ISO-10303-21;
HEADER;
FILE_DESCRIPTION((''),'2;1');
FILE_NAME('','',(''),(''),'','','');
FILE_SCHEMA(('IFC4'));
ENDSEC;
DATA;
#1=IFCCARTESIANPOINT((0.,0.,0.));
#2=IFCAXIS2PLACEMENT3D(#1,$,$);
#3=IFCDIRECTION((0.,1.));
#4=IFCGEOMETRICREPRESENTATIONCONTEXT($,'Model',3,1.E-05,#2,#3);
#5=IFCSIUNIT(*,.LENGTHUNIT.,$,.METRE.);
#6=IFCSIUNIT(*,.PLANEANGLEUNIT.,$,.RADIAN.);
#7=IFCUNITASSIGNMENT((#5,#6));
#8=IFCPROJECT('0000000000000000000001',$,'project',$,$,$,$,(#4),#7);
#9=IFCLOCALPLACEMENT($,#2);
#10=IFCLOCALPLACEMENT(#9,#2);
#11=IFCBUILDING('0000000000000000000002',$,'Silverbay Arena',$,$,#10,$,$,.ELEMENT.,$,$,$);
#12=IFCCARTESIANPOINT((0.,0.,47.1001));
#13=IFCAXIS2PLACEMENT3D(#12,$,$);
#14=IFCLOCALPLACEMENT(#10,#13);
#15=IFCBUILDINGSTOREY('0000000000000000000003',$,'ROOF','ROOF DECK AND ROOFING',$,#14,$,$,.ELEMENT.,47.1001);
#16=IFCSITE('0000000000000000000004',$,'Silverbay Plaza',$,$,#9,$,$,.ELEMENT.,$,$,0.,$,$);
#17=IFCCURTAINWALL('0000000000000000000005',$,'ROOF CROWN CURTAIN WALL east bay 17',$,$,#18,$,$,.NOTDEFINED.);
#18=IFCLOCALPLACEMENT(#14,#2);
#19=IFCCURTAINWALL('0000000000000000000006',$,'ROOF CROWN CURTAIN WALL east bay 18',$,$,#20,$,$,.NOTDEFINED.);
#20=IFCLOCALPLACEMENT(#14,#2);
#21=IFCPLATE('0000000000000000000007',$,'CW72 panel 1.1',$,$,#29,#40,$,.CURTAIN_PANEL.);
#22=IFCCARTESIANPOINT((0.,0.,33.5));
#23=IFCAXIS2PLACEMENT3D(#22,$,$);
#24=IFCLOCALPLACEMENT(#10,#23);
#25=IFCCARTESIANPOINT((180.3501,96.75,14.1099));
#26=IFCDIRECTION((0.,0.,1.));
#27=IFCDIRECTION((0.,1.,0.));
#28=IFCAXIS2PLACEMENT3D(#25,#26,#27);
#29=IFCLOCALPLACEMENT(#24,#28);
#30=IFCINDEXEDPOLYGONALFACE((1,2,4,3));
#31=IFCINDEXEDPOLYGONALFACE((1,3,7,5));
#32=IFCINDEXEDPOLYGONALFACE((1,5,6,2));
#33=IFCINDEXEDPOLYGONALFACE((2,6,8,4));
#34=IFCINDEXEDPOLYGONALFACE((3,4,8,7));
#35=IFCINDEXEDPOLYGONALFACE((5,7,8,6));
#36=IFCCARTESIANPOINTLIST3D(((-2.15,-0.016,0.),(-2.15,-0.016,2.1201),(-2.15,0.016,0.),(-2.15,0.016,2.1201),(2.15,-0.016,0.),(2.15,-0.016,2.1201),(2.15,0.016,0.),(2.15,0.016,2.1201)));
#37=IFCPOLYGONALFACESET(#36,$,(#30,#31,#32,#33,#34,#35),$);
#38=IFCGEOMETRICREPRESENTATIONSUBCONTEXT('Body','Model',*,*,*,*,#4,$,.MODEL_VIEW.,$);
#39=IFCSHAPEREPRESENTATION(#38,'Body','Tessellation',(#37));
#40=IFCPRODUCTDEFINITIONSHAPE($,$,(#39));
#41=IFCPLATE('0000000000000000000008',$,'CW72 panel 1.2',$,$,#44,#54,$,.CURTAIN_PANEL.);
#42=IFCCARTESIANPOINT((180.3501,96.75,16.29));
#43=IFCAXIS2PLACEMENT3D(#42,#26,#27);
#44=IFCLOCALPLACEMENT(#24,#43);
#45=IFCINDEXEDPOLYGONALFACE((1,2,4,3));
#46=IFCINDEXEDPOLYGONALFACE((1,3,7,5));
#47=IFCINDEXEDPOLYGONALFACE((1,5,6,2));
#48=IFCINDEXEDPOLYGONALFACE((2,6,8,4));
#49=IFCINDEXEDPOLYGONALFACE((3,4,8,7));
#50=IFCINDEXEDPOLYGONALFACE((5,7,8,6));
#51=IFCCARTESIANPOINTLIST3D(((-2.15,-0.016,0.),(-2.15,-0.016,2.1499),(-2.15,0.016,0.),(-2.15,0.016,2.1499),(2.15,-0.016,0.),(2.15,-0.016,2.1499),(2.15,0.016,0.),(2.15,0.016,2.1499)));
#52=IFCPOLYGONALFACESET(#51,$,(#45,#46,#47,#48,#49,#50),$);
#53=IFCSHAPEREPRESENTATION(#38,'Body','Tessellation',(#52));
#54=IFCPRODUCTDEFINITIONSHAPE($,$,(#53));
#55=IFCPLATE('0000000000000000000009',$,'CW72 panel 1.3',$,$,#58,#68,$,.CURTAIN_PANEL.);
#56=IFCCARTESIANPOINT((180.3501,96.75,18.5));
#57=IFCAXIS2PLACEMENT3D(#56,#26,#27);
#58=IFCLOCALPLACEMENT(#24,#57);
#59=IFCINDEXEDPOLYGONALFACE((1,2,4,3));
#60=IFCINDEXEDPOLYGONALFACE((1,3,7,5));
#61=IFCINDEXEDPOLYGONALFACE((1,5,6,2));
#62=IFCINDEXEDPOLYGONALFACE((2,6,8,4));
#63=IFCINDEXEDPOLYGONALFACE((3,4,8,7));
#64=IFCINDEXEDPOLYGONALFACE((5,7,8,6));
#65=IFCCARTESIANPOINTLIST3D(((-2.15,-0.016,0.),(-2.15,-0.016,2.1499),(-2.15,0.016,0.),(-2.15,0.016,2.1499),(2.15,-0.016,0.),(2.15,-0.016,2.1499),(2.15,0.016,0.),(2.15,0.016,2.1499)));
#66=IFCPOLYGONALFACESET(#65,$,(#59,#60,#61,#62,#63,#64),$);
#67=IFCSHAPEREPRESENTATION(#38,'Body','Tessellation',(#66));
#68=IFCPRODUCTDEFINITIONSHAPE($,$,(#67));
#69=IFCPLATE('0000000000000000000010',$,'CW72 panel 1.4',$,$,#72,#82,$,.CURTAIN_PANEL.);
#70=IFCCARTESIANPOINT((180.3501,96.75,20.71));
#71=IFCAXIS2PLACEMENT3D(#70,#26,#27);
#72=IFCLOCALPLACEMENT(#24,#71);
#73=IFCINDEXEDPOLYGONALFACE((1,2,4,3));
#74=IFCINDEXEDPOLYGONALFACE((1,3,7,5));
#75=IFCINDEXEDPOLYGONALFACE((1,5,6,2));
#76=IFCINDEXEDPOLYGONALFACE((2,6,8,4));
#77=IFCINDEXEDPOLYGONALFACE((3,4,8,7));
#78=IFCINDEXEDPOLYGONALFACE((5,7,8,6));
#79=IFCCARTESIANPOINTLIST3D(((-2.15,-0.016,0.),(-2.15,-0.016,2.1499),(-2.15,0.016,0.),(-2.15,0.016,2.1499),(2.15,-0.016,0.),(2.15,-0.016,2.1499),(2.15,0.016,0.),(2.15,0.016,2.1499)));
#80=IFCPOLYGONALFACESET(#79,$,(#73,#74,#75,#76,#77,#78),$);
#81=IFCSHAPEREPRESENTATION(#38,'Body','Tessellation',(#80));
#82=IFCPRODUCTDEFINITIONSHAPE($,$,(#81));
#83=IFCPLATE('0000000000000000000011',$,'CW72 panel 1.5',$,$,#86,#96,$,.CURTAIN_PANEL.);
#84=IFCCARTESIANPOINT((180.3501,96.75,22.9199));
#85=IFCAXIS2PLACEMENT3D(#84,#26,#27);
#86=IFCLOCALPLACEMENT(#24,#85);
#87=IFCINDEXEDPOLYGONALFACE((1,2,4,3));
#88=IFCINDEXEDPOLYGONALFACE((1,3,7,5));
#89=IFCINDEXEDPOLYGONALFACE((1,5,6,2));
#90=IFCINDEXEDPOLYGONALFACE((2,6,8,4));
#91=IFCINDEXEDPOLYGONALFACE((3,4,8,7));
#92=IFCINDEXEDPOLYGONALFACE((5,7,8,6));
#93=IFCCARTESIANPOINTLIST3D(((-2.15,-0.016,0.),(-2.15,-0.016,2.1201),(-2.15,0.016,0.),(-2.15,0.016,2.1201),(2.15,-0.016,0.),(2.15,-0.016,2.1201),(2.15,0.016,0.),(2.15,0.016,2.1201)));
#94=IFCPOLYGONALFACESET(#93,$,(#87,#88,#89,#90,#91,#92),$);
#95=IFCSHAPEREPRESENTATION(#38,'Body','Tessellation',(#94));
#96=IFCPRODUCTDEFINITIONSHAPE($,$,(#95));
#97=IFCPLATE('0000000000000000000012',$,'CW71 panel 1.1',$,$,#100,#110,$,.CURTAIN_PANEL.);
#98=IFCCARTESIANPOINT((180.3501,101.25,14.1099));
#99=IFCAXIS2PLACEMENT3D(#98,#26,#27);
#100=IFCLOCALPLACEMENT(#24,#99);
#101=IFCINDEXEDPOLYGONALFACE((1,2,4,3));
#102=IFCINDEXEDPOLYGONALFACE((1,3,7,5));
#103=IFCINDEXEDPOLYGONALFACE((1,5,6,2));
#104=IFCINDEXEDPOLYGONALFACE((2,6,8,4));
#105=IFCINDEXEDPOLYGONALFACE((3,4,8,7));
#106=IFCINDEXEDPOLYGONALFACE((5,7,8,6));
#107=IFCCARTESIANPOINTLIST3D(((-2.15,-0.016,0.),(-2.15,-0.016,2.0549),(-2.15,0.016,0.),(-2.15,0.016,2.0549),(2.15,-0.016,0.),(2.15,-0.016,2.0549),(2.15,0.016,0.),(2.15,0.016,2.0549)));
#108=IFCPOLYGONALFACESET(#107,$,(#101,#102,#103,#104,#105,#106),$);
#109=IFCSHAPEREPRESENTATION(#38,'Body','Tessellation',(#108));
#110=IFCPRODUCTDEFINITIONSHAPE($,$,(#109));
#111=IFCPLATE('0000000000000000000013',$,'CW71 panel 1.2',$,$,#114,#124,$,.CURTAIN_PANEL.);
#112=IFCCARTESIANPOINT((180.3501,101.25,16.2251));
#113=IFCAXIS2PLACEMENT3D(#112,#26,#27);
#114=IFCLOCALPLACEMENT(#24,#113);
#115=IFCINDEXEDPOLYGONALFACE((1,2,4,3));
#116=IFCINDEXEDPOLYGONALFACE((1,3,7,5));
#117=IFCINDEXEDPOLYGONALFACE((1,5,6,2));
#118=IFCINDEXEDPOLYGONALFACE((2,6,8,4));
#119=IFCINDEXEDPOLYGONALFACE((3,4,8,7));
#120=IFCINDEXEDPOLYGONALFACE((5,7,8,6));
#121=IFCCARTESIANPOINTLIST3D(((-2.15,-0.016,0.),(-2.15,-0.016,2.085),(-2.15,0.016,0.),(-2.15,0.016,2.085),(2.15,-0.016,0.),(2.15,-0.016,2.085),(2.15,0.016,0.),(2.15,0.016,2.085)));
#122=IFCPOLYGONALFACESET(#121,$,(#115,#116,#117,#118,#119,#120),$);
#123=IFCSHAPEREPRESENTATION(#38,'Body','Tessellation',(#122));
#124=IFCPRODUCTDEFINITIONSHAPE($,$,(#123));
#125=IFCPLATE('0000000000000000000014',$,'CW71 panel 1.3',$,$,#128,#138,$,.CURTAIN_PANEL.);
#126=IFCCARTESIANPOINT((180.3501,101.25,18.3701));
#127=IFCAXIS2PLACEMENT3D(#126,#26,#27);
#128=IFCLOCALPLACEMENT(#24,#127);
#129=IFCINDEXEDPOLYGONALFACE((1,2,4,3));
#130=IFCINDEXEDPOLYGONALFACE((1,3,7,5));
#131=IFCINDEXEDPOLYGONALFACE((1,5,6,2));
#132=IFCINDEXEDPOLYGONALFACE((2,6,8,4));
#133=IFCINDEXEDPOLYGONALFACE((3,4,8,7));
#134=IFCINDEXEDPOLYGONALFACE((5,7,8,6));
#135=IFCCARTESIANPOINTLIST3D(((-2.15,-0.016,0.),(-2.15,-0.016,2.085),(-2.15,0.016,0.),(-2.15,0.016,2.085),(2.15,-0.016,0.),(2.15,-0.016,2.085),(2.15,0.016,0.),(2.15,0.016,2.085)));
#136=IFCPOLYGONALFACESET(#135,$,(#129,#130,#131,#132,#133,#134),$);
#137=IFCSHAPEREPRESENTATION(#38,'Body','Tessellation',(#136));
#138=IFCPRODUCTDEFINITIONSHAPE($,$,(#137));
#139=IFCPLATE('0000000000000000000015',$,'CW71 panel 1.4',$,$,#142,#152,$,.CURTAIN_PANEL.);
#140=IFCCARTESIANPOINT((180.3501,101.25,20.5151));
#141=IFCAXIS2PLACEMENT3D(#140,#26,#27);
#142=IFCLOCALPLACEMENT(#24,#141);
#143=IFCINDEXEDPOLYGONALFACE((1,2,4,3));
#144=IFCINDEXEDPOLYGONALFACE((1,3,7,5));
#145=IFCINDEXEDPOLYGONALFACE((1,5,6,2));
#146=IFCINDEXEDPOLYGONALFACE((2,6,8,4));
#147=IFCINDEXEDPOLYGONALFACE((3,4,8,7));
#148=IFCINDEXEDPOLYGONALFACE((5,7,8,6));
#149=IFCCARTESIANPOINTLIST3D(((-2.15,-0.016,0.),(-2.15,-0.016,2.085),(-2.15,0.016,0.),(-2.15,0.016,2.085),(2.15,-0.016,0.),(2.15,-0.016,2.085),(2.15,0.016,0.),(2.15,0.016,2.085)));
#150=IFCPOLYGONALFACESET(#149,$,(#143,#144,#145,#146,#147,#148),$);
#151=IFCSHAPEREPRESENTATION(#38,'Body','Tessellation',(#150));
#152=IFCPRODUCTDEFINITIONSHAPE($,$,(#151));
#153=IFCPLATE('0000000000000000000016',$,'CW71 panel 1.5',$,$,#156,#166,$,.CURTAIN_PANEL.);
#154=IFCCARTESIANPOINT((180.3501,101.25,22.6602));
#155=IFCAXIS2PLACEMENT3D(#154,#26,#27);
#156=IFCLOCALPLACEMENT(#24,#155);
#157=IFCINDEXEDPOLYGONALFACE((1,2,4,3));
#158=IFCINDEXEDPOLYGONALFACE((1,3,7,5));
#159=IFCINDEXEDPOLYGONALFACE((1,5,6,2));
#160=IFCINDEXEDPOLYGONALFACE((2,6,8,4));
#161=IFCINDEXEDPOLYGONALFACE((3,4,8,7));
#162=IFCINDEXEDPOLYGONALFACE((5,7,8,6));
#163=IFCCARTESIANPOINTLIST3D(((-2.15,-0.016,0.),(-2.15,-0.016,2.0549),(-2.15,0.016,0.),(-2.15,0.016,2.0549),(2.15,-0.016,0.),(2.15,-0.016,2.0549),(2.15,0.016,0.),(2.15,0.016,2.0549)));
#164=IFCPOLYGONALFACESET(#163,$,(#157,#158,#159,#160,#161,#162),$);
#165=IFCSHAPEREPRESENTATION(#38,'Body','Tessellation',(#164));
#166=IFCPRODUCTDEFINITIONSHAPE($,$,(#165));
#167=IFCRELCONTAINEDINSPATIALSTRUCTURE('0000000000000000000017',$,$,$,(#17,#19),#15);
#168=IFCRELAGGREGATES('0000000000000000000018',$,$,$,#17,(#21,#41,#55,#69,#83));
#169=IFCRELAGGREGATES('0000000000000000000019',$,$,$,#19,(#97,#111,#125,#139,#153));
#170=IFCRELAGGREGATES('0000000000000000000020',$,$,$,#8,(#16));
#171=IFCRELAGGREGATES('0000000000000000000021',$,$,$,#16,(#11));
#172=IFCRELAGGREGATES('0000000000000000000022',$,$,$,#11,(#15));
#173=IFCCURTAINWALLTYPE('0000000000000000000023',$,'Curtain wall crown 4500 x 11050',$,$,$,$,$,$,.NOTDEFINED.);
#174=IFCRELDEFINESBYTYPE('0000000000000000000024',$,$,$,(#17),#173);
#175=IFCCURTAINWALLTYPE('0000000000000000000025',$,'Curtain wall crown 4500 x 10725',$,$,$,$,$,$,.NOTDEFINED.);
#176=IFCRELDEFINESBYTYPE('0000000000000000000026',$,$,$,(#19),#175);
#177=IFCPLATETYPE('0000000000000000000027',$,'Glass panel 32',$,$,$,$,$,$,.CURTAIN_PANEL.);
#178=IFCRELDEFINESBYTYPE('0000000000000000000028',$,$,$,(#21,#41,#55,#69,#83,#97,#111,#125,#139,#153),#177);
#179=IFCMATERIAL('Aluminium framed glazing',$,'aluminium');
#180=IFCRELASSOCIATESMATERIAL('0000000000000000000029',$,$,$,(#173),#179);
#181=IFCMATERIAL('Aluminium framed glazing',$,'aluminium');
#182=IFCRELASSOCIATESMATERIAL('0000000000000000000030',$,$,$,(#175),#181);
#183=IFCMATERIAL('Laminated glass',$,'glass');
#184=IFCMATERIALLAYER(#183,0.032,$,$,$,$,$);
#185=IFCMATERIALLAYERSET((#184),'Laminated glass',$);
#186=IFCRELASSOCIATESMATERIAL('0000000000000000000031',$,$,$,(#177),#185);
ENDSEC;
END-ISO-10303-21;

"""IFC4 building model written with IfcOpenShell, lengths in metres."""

from ifc_helpers import new_model, si_unit, direction, frame, origin, origin_2d, place, context, subcontext, project, spatial, rectangle, extrude, material, layer, layer_set, type_object, element, aggregate, save


model = new_model("IFC4")

# Units and contexts
model_context = context("Model", 3, precision=1e-05, world=origin(), true_north=direction((0.0, 1.0)))
body_context = subcontext(model_context, "Body", "Model", "MODEL_VIEW")
ifc_project = project(units=[si_unit("LENGTHUNIT", "METRE"), si_unit("PLANEANGLEUNIT", "RADIAN")], contexts=[model_context])

# Site, building, storey
site_placement = place(None, origin())
site = spatial("IfcSite", under=ifc_project, at=site_placement, Name="Silverbay Plaza", CompositionType="ELEMENT", RefElevation=0.0)
building_placement = place(site_placement, origin())
building = spatial("IfcBuilding", under=site, at=building_placement, Name="Silverbay Arena", CompositionType="ELEMENT")
storey_placement = place(building_placement, frame((0.0, 0.0, 47.1001)))
storey = spatial("IfcBuildingStorey", under=building, at=storey_placement, Name="ROOF", Description="ROOF DECK AND ROOFING", CompositionType="ELEMENT", Elevation=47.1001)

# Curtain wall
ifc_material_1 = material(Name="Aluminium framed glazing", Category="aluminium")
curtain_wall_type_1 = type_object("IfcCurtainWallType", Name="Curtain wall crown 4500 x 11050", PredefinedType="NOTDEFINED", material=ifc_material_1)
curtain_wall_1_placement = place(storey_placement, origin())
curtain_wall_1 = element("IfcCurtainWall", 1, at=curtain_wall_1_placement, inside=storey, type_object=curtain_wall_type_1, Name="ROOF CROWN CURTAIN WALL east bay 17", PredefinedType="NOTDEFINED")
placement = place(building_placement, frame((0.0, 0.0, 33.5)))

# Curtain wall
ifc_material_2 = material(Name="Aluminium framed glazing", Category="aluminium")
curtain_wall_type_2 = type_object("IfcCurtainWallType", Name="Curtain wall crown 4500 x 10725", PredefinedType="NOTDEFINED", material=ifc_material_2)
curtain_wall_2_placement = place(storey_placement, origin())
curtain_wall_2 = element("IfcCurtainWall", 2, at=curtain_wall_2_placement, inside=storey, type_object=curtain_wall_type_2, Name="ROOF CROWN CURTAIN WALL east bay 18", PredefinedType="NOTDEFINED")

# Plates
ifc_material_3 = material(Name="Laminated glass", Category="glass")
ifc_layer_1 = layer(ifc_material_3, 0.032)
ifc_layer_set_1 = layer_set([ifc_layer_1], Name="Laminated glass")
plate_type = type_object("IfcPlateType", Name="Glass panel 32", PredefinedType="CURTAIN_PANEL", material=ifc_layer_set_1)
plate_1_placement = place(placement, frame((180.3501, 96.75, 14.1099), z_axis=(0.0, 0.0, 1.0), x_axis=(0.0, 1.0, 0.0)))
plate_1 = element("IfcPlate", 3, at=plate_1_placement, type_object=plate_type, Name="CW72 panel 1.1", PredefinedType="CURTAIN_PANEL", context=body_context, shape_type="SweptSolid", body=[
    extrude(rectangle(XDim=4.3, YDim=0.032, at=origin_2d()), origin(), (0.0, 0.0, 1.0), 2.1201),
])
plate_2_placement = place(placement, frame((180.3501, 96.75, 16.29), z_axis=(0.0, 0.0, 1.0), x_axis=(0.0, 1.0, 0.0)))
plate_2 = element("IfcPlate", 4, at=plate_2_placement, type_object=plate_type, Name="CW72 panel 1.2", PredefinedType="CURTAIN_PANEL", context=body_context, shape_type="SweptSolid", body=[
    extrude(rectangle(XDim=4.3, YDim=0.032, at=origin_2d()), origin(), (0.0, 0.0, 1.0), 2.1499),
])
plate_3_placement = place(placement, frame((180.3501, 96.75, 18.5), z_axis=(0.0, 0.0, 1.0), x_axis=(0.0, 1.0, 0.0)))
plate_3 = element("IfcPlate", 5, at=plate_3_placement, type_object=plate_type, Name="CW72 panel 1.3", PredefinedType="CURTAIN_PANEL", context=body_context, shape_type="SweptSolid", body=[
    extrude(rectangle(XDim=4.3, YDim=0.032, at=origin_2d()), origin(), (0.0, 0.0, 1.0), 2.1499),
])
plate_4_placement = place(placement, frame((180.3501, 96.75, 20.71), z_axis=(0.0, 0.0, 1.0), x_axis=(0.0, 1.0, 0.0)))
plate_4 = element("IfcPlate", 6, at=plate_4_placement, type_object=plate_type, Name="CW72 panel 1.4", PredefinedType="CURTAIN_PANEL", context=body_context, shape_type="SweptSolid", body=[
    extrude(rectangle(XDim=4.3, YDim=0.032, at=origin_2d()), origin(), (0.0, 0.0, 1.0), 2.1499),
])
plate_5_placement = place(placement, frame((180.3501, 96.75, 22.9199), z_axis=(0.0, 0.0, 1.0), x_axis=(0.0, 1.0, 0.0)))
plate_5 = element("IfcPlate", 7, at=plate_5_placement, type_object=plate_type, Name="CW72 panel 1.5", PredefinedType="CURTAIN_PANEL", context=body_context, shape_type="SweptSolid", body=[
    extrude(rectangle(XDim=4.3, YDim=0.032, at=origin_2d()), origin(), (0.0, 0.0, 1.0), 2.1201),
])
aggregate(curtain_wall_1, [plate_1, plate_2, plate_3, plate_4, plate_5])
plate_6_placement = place(placement, frame((180.3501, 101.25, 14.1099), z_axis=(0.0, 0.0, 1.0), x_axis=(0.0, 1.0, 0.0)))
plate_6 = element("IfcPlate", 8, at=plate_6_placement, type_object=plate_type, Name="CW71 panel 1.1", PredefinedType="CURTAIN_PANEL", context=body_context, shape_type="SweptSolid", body=[
    extrude(rectangle(XDim=4.3, YDim=0.032, at=origin_2d()), origin(), (0.0, 0.0, 1.0), 2.0549),
])
plate_7_placement = place(placement, frame((180.3501, 101.25, 16.2251), z_axis=(0.0, 0.0, 1.0), x_axis=(0.0, 1.0, 0.0)))
plate_7 = element("IfcPlate", 9, at=plate_7_placement, type_object=plate_type, Name="CW71 panel 1.2", PredefinedType="CURTAIN_PANEL", context=body_context, shape_type="SweptSolid", body=[
    extrude(rectangle(XDim=4.3, YDim=0.032, at=origin_2d()), origin(), (0.0, 0.0, 1.0), 2.085),
])
plate_8_placement = place(placement, frame((180.3501, 101.25, 18.3701), z_axis=(0.0, 0.0, 1.0), x_axis=(0.0, 1.0, 0.0)))
plate_8 = element("IfcPlate", 10, at=plate_8_placement, type_object=plate_type, Name="CW71 panel 1.3", PredefinedType="CURTAIN_PANEL", context=body_context, shape_type="SweptSolid", body=[
    extrude(rectangle(XDim=4.3, YDim=0.032, at=origin_2d()), origin(), (0.0, 0.0, 1.0), 2.085),
])
plate_9_placement = place(placement, frame((180.3501, 101.25, 20.5151), z_axis=(0.0, 0.0, 1.0), x_axis=(0.0, 1.0, 0.0)))
plate_9 = element("IfcPlate", 11, at=plate_9_placement, type_object=plate_type, Name="CW71 panel 1.4", PredefinedType="CURTAIN_PANEL", context=body_context, shape_type="SweptSolid", body=[
    extrude(rectangle(XDim=4.3, YDim=0.032, at=origin_2d()), origin(), (0.0, 0.0, 1.0), 2.085),
])
plate_10_placement = place(placement, frame((180.3501, 101.25, 22.6602), z_axis=(0.0, 0.0, 1.0), x_axis=(0.0, 1.0, 0.0)))
plate_10 = element("IfcPlate", 12, at=plate_10_placement, type_object=plate_type, Name="CW71 panel 1.5", PredefinedType="CURTAIN_PANEL", context=body_context, shape_type="SweptSolid", body=[
    extrude(rectangle(XDim=4.3, YDim=0.032, at=origin_2d()), origin(), (0.0, 0.0, 1.0), 2.0549),
])
aggregate(curtain_wall_2, [plate_6, plate_7, plate_8, plate_9, plate_10])

save(model, "model.ifc")
